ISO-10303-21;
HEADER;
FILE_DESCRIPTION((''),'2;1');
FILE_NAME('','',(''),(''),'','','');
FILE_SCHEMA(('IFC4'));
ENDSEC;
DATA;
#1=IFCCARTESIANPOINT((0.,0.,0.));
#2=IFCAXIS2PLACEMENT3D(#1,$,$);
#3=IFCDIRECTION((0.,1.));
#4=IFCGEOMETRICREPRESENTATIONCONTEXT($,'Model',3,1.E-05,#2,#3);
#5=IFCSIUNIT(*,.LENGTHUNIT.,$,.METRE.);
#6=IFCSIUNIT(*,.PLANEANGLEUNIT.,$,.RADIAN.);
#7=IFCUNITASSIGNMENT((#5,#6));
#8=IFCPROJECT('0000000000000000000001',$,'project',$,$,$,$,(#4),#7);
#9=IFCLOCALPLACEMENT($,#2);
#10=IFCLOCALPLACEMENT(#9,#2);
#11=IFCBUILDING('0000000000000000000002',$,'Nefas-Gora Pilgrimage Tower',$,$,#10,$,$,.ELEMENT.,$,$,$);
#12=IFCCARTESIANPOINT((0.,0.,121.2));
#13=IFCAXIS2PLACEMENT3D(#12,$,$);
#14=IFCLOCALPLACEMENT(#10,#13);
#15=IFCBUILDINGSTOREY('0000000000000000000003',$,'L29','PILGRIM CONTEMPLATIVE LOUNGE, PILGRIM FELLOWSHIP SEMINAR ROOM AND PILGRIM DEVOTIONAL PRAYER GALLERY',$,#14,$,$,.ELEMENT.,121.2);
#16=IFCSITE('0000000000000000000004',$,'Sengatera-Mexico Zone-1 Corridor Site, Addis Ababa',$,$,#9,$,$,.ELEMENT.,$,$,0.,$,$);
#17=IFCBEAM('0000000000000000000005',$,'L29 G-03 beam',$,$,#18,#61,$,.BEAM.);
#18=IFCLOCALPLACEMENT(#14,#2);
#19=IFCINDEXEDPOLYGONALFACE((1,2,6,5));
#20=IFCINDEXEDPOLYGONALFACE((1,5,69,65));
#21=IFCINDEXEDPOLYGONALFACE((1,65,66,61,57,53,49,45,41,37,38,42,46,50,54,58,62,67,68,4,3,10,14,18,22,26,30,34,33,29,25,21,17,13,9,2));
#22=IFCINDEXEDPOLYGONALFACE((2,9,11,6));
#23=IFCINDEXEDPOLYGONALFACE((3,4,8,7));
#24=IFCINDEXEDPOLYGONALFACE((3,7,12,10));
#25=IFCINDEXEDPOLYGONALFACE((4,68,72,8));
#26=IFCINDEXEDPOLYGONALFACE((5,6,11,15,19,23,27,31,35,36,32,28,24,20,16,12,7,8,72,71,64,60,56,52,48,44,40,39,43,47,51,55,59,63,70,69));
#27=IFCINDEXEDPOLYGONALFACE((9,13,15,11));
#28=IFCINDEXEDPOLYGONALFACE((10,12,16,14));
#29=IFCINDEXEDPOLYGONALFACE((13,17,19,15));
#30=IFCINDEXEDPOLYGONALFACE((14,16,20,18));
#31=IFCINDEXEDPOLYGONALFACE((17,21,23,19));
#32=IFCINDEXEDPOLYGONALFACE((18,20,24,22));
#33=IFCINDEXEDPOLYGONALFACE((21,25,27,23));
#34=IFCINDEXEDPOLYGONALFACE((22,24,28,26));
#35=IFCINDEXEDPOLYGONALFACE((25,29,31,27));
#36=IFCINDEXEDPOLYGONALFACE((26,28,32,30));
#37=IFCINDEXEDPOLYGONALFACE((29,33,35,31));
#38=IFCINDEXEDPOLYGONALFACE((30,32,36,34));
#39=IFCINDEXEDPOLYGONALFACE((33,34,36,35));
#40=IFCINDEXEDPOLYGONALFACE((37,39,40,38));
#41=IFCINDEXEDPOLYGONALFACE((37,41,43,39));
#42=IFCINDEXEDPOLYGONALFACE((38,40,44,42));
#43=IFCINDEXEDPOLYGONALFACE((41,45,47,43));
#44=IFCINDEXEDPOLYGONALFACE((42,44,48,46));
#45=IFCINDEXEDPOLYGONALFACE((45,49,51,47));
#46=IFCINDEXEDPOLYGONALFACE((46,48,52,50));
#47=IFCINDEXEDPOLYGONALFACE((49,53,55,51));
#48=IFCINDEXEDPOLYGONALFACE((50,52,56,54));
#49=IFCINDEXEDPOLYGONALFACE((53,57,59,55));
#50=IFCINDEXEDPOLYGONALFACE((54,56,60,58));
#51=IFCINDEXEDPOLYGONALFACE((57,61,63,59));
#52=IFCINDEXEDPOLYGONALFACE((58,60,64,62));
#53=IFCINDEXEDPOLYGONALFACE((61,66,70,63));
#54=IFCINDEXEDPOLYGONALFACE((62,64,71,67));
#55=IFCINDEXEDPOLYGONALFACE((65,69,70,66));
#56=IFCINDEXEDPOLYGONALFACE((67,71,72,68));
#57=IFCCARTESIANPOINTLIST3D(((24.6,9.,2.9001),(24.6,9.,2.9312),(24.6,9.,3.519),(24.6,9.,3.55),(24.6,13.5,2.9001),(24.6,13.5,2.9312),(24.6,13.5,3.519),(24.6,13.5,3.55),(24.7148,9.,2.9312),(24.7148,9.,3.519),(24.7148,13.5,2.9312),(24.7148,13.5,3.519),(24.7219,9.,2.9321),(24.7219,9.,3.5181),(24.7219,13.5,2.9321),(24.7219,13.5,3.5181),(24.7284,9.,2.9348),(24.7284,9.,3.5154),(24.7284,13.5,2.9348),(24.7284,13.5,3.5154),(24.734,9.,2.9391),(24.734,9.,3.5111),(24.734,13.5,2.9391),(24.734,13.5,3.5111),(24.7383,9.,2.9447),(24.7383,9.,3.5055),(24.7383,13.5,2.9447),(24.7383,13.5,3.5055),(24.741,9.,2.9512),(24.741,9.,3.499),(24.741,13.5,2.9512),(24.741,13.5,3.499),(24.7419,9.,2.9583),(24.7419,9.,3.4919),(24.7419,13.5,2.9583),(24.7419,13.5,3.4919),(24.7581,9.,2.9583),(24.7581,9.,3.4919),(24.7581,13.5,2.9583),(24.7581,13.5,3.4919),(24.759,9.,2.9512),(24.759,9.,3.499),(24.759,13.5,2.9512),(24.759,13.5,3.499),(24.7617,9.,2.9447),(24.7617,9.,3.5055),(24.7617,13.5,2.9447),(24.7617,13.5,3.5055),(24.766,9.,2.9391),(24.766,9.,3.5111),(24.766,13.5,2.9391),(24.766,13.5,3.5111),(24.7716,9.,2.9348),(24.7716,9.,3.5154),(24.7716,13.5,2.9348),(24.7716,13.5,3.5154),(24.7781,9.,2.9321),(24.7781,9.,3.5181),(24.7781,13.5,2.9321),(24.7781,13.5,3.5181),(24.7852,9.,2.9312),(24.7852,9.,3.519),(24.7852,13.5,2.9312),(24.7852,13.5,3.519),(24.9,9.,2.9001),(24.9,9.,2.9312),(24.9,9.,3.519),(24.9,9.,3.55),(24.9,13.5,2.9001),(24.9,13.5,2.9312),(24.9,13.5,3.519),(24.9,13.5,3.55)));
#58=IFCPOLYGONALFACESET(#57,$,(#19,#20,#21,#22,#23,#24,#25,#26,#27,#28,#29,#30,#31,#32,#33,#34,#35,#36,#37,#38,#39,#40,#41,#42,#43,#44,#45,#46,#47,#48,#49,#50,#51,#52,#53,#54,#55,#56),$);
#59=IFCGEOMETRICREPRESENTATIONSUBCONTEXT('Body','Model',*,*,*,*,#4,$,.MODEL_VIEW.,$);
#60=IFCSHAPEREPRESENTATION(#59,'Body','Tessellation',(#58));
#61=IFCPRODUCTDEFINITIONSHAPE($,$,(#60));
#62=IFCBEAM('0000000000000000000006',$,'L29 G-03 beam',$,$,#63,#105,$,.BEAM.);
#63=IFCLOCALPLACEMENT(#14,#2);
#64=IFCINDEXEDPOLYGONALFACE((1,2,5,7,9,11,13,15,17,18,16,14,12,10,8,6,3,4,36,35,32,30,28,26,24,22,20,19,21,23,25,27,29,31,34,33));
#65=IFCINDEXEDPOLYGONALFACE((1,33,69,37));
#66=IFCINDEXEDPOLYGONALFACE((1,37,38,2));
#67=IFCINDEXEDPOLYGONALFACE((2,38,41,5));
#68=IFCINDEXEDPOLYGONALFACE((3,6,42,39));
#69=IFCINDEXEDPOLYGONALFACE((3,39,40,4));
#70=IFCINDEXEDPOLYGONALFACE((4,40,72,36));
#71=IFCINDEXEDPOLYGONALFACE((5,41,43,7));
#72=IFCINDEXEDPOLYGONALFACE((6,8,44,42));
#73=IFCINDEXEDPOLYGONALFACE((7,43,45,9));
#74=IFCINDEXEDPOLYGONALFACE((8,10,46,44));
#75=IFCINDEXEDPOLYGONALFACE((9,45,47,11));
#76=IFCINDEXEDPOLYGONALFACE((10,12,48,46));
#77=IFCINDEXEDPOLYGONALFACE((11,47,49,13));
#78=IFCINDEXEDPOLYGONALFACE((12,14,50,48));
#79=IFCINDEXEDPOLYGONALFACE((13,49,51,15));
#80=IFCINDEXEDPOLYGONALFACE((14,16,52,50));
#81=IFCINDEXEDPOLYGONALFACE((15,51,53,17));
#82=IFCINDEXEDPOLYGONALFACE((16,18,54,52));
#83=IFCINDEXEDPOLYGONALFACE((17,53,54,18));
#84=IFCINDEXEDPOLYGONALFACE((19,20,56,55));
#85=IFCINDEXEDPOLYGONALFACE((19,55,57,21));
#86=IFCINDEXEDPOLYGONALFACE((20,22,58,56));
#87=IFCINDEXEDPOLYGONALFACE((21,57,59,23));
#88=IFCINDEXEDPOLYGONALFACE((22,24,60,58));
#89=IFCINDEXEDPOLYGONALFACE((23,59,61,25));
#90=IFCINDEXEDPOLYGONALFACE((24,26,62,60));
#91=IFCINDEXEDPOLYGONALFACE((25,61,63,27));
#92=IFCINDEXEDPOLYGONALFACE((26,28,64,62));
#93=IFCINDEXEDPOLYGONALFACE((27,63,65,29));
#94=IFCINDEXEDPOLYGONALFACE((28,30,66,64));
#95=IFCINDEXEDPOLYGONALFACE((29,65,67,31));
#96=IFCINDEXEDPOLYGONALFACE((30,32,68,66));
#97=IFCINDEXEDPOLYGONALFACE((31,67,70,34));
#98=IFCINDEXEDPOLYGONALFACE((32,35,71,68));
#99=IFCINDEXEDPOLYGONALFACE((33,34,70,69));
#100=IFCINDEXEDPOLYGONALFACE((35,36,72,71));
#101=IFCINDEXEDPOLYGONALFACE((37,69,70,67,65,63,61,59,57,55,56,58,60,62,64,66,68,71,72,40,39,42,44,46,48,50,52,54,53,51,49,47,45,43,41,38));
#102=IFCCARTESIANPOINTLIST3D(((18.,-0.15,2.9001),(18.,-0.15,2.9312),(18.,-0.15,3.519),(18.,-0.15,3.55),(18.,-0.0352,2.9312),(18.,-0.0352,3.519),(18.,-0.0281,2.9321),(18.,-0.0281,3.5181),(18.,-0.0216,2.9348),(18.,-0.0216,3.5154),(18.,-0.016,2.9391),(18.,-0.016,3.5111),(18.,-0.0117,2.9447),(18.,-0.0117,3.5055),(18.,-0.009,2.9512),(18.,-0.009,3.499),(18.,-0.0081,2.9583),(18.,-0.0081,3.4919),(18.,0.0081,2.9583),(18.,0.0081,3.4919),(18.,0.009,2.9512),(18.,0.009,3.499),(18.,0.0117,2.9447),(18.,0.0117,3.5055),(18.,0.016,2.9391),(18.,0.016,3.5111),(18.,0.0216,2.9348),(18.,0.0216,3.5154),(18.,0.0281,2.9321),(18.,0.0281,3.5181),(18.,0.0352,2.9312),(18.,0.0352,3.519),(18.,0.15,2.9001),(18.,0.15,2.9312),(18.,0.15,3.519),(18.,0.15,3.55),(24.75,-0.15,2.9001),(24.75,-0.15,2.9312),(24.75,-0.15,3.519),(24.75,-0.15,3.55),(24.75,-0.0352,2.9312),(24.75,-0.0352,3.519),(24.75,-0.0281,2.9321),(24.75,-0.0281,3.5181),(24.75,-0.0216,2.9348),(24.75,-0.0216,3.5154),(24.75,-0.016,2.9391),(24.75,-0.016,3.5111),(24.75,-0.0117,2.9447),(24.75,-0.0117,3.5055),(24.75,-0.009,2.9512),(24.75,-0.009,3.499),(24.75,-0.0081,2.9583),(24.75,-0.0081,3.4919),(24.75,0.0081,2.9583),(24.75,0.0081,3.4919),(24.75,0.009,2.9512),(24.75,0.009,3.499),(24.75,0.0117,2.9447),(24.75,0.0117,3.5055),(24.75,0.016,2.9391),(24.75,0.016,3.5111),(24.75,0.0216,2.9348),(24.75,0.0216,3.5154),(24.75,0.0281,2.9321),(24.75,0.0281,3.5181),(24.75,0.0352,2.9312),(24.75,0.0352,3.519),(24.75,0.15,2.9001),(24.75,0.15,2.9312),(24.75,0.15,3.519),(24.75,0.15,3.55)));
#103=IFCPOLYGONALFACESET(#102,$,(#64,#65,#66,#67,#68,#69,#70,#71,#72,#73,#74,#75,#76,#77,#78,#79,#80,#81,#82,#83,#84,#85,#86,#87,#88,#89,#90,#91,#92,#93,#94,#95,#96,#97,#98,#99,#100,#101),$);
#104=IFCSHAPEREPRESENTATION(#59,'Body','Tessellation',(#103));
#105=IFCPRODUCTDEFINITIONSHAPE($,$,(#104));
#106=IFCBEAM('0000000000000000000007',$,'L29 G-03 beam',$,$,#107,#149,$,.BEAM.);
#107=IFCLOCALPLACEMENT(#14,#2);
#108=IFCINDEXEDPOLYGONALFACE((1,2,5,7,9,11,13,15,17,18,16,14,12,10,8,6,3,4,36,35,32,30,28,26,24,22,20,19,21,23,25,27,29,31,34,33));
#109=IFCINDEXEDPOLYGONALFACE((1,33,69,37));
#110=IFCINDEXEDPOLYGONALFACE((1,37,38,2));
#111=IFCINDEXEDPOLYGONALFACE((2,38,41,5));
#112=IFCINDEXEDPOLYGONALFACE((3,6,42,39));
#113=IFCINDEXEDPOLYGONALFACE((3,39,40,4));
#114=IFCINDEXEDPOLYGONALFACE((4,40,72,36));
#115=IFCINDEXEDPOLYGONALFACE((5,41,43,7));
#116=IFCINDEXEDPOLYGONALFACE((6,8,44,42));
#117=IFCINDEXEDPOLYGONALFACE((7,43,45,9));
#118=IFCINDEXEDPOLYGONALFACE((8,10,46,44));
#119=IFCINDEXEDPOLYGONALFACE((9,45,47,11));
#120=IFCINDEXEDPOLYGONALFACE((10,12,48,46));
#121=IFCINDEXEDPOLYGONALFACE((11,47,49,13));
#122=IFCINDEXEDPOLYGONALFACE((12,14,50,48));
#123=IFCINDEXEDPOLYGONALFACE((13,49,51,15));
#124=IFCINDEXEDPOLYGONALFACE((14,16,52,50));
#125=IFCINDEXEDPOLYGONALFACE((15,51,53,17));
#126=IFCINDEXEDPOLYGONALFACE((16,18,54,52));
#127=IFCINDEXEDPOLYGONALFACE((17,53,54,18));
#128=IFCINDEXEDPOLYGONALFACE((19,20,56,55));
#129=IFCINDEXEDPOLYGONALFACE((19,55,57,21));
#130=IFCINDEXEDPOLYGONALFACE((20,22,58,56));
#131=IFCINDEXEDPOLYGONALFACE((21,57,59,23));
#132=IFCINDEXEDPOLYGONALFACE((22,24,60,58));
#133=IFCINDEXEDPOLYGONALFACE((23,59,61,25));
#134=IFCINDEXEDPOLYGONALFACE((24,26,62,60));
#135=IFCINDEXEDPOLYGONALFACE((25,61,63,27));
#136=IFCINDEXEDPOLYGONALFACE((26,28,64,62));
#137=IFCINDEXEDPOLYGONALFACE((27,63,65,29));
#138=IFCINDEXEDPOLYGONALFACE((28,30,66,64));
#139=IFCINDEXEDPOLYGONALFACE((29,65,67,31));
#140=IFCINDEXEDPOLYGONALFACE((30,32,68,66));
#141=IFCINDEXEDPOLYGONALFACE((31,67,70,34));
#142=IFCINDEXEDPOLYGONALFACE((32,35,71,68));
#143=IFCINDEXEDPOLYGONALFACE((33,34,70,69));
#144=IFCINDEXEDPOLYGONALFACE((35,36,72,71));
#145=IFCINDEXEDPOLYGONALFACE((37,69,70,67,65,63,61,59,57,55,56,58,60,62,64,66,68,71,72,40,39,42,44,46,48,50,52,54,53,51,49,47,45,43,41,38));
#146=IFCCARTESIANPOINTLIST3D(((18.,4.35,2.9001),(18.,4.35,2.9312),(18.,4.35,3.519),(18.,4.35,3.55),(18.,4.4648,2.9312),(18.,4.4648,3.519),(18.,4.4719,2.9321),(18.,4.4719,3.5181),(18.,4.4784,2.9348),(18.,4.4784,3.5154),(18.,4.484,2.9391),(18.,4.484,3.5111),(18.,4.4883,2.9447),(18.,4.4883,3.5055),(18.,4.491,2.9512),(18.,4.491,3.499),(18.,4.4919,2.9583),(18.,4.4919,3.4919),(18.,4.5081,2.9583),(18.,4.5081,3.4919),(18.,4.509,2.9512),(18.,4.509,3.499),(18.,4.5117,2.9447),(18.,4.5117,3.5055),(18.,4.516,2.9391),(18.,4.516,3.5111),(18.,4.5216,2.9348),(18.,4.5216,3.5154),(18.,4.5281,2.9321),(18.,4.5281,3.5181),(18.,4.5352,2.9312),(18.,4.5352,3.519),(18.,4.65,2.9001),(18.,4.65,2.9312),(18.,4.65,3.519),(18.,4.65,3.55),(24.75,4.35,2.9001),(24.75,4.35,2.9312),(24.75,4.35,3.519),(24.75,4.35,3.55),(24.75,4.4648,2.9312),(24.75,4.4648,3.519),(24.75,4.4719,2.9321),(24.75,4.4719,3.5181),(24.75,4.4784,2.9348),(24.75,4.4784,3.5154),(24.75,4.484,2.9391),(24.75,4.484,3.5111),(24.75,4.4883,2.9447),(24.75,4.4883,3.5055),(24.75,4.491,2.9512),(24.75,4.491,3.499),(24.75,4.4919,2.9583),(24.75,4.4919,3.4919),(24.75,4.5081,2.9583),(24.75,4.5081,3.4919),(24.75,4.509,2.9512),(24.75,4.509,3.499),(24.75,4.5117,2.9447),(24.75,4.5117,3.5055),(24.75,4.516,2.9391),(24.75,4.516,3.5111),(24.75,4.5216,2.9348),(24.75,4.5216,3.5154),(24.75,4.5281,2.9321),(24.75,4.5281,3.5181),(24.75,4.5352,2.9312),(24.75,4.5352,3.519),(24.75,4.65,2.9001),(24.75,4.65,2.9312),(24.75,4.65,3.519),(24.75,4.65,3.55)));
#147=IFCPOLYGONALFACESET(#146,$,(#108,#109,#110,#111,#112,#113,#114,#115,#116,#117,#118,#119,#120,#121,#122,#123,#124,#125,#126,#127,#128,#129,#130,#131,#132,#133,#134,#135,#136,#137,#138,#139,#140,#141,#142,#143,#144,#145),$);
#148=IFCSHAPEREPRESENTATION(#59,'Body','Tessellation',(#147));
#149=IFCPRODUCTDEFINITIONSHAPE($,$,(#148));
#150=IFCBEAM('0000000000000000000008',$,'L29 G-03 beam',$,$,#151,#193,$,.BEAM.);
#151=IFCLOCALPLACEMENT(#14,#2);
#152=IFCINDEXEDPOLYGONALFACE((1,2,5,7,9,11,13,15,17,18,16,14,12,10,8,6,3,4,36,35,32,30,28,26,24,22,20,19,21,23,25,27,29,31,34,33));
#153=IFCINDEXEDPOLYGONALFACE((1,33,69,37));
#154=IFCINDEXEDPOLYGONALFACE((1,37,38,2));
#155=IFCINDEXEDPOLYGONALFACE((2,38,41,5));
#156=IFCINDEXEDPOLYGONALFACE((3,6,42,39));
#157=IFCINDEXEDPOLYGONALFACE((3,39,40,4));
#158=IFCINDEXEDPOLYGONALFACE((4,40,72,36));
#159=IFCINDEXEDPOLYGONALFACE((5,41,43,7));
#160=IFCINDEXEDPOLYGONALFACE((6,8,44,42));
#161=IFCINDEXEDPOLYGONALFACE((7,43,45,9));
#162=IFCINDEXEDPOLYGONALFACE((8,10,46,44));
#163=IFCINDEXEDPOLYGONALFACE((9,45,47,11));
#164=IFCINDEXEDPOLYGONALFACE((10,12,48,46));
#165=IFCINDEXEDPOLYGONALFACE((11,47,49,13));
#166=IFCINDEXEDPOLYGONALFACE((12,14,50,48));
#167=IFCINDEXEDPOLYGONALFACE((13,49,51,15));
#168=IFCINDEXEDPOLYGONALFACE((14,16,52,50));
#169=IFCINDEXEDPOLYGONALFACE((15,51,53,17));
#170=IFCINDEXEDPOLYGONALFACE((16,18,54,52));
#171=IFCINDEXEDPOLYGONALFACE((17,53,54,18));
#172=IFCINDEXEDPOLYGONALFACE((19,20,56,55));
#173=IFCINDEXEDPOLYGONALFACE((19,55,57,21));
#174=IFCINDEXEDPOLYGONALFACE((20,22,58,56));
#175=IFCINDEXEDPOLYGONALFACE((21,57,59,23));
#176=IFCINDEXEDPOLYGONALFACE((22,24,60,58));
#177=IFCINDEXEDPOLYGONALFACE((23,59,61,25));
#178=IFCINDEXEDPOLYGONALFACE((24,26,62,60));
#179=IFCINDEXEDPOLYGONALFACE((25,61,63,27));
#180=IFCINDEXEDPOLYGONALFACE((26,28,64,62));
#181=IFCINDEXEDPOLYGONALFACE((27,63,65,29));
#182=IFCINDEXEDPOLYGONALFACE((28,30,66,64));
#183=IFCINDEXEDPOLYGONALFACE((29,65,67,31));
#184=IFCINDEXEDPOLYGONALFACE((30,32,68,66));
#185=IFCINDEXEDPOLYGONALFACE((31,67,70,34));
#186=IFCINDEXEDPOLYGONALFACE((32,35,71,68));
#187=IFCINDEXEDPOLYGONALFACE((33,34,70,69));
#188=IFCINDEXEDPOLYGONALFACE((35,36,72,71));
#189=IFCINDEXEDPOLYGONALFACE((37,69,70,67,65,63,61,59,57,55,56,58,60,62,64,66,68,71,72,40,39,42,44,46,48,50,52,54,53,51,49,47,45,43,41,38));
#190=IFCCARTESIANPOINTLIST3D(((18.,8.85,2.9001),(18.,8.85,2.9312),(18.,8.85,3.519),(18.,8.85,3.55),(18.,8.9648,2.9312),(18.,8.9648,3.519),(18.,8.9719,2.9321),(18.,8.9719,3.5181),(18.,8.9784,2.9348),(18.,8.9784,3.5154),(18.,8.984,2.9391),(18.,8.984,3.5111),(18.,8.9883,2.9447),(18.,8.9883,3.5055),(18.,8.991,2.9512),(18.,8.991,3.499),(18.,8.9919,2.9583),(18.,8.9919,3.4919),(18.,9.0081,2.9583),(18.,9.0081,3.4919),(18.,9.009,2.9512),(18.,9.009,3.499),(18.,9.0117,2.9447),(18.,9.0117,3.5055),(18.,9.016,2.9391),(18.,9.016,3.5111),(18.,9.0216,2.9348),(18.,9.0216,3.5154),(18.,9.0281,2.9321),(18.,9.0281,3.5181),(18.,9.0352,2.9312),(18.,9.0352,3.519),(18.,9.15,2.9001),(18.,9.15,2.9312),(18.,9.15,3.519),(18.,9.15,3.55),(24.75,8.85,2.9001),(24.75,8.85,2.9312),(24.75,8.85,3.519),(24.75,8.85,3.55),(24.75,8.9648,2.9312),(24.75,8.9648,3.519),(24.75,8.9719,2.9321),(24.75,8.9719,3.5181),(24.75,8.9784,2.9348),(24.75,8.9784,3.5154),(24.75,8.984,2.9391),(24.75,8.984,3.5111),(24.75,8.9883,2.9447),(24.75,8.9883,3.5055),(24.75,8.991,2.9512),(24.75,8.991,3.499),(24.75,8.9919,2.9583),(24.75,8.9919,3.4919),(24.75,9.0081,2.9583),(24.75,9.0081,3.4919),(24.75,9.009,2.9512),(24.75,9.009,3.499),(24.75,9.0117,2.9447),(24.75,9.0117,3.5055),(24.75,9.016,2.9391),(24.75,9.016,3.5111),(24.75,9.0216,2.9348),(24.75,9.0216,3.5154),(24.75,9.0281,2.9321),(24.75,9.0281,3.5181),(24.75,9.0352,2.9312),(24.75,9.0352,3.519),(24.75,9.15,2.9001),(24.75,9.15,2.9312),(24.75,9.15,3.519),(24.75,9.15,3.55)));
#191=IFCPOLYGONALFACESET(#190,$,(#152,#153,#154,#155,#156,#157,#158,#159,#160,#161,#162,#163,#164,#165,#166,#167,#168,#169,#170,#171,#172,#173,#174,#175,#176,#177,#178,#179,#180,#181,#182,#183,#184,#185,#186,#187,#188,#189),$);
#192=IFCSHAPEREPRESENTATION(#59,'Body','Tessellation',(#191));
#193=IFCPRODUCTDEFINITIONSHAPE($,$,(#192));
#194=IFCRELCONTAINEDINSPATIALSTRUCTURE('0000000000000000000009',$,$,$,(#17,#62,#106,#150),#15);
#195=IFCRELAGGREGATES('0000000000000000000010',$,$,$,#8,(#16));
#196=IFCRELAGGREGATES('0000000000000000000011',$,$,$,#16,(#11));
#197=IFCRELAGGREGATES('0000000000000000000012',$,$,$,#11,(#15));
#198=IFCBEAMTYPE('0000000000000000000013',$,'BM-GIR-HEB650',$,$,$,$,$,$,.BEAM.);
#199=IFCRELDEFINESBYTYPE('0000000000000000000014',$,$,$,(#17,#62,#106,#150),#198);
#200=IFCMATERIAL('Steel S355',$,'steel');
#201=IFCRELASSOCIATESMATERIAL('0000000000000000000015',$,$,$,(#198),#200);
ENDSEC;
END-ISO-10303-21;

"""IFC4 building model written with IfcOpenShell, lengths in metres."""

from ifc_helpers import new_model, si_unit, direction, frame, origin, origin_2d, place, context, subcontext, project, spatial, i_section, extrude, source, transform, mapped, material, material_profile, profile_set, type_object, element, save


model = new_model("IFC4")

# Units and contexts
model_context = context("Model", 3, precision=1e-05, world=origin(), true_north=direction((0.0, 1.0)))
body_context = subcontext(model_context, "Body", "Model", "MODEL_VIEW")
ifc_project = project(units=[si_unit("LENGTHUNIT", "METRE"), si_unit("PLANEANGLEUNIT", "RADIAN")], contexts=[model_context])

# Site, building, storey
site_placement = place(None, origin())
site = spatial("IfcSite", under=ifc_project, at=site_placement, Name="Sengatera-Mexico Zone-1 Corridor Site, Addis Ababa", CompositionType="ELEMENT", RefElevation=0.0)
building_placement = place(site_placement, origin())
building = spatial("IfcBuilding", under=site, at=building_placement, Name="Nefas-Gora Pilgrimage Tower", CompositionType="ELEMENT")
storey_placement = place(building_placement, frame((0.0, 0.0, 121.2)))
storey = spatial("IfcBuildingStorey", under=building, at=storey_placement, Name="L29", Description="PILGRIM CONTEMPLATIVE LOUNGE, PILGRIM FELLOWSHIP SEMINAR ROOM AND PILGRIM DEVOTIONAL PRAYER GALLERY", CompositionType="ELEMENT", Elevation=121.2)

# Beams
ifc_material_1 = material(Name="Steel S355", Category="steel")
ifc_material_profile_1 = material_profile(ifc_material_1, i_section(OverallWidth=0.3, OverallDepth=0.6499, WebThickness=0.0161, FlangeThickness=0.031, FilletRadius=0.0271, at=origin_2d()), Name="HEB 650")
ifc_profile_set_1 = profile_set([ifc_material_profile_1], Name="Steel S355")
beam_type_1 = type_object("IfcBeamType", Name="BM-GIR-HEB650", PredefinedType="BEAM", material=ifc_profile_set_1)
shared_shape_1 = source(origin(), body_context, "Body", "SweptSolid", [
    extrude(i_section(OverallWidth=0.3, OverallDepth=0.6499, WebThickness=0.0161, FlangeThickness=0.031, FilletRadius=0.0271, at=origin_2d()), origin(), (0.0, 0.0, 1.0), 4.5),
])
for number, where, z_axis, x_axis, name in (
    (1, (24.75, 9.0, 3.2251), (0.0, 1.0, 0.0), (-1.0, 0.0, 0.0), "L29 G-03 beam"),
):
    element("IfcBeam", number, at=place(storey_placement, frame(where, z_axis=z_axis, x_axis=x_axis)), inside=storey, type_object=beam_type_1, Name=name, PredefinedType="BEAM", context=body_context, shape_type="MappedRepresentation", body=[
        mapped(shared_shape_1, transform((0.0, 0.0, 0.0), x_axis=(1.0, 0.0, 0.0), y_axis=(0.0, 1.0, 0.0), z_axis=(0.0, 0.0, 1.0), scale=1.0)),
    ])
shared_shape_2 = source(origin(), body_context, "Body", "SweptSolid", [
    extrude(i_section(OverallWidth=0.3, OverallDepth=0.6499, WebThickness=0.0161, FlangeThickness=0.031, FilletRadius=0.0271, at=origin_2d()), origin(), (0.0, 0.0, 1.0), 6.75),
])
for number, where, z_axis, x_axis, name in (
    (2, (18.0, 0.0, 3.2251), (1.0, 0.0, 0.0), (0.0, 1.0, 0.0), "L29 G-03 beam"),
    (3, (18.0, 4.5, 3.2251), (1.0, 0.0, 0.0), (0.0, 1.0, 0.0), "L29 G-03 beam"),
    (4, (18.0, 9.0, 3.2251), (1.0, 0.0, 0.0), (0.0, 1.0, 0.0), "L29 G-03 beam"),
):
    element("IfcBeam", number, at=place(storey_placement, frame(where, z_axis=z_axis, x_axis=x_axis)), inside=storey, type_object=beam_type_1, Name=name, PredefinedType="BEAM", context=body_context, shape_type="MappedRepresentation", body=[
        mapped(shared_shape_2, transform((0.0, 0.0, 0.0), x_axis=(1.0, 0.0, 0.0), y_axis=(0.0, 1.0, 0.0), z_axis=(0.0, 0.0, 1.0), scale=1.0)),
    ])

save(model, "model.ifc")
